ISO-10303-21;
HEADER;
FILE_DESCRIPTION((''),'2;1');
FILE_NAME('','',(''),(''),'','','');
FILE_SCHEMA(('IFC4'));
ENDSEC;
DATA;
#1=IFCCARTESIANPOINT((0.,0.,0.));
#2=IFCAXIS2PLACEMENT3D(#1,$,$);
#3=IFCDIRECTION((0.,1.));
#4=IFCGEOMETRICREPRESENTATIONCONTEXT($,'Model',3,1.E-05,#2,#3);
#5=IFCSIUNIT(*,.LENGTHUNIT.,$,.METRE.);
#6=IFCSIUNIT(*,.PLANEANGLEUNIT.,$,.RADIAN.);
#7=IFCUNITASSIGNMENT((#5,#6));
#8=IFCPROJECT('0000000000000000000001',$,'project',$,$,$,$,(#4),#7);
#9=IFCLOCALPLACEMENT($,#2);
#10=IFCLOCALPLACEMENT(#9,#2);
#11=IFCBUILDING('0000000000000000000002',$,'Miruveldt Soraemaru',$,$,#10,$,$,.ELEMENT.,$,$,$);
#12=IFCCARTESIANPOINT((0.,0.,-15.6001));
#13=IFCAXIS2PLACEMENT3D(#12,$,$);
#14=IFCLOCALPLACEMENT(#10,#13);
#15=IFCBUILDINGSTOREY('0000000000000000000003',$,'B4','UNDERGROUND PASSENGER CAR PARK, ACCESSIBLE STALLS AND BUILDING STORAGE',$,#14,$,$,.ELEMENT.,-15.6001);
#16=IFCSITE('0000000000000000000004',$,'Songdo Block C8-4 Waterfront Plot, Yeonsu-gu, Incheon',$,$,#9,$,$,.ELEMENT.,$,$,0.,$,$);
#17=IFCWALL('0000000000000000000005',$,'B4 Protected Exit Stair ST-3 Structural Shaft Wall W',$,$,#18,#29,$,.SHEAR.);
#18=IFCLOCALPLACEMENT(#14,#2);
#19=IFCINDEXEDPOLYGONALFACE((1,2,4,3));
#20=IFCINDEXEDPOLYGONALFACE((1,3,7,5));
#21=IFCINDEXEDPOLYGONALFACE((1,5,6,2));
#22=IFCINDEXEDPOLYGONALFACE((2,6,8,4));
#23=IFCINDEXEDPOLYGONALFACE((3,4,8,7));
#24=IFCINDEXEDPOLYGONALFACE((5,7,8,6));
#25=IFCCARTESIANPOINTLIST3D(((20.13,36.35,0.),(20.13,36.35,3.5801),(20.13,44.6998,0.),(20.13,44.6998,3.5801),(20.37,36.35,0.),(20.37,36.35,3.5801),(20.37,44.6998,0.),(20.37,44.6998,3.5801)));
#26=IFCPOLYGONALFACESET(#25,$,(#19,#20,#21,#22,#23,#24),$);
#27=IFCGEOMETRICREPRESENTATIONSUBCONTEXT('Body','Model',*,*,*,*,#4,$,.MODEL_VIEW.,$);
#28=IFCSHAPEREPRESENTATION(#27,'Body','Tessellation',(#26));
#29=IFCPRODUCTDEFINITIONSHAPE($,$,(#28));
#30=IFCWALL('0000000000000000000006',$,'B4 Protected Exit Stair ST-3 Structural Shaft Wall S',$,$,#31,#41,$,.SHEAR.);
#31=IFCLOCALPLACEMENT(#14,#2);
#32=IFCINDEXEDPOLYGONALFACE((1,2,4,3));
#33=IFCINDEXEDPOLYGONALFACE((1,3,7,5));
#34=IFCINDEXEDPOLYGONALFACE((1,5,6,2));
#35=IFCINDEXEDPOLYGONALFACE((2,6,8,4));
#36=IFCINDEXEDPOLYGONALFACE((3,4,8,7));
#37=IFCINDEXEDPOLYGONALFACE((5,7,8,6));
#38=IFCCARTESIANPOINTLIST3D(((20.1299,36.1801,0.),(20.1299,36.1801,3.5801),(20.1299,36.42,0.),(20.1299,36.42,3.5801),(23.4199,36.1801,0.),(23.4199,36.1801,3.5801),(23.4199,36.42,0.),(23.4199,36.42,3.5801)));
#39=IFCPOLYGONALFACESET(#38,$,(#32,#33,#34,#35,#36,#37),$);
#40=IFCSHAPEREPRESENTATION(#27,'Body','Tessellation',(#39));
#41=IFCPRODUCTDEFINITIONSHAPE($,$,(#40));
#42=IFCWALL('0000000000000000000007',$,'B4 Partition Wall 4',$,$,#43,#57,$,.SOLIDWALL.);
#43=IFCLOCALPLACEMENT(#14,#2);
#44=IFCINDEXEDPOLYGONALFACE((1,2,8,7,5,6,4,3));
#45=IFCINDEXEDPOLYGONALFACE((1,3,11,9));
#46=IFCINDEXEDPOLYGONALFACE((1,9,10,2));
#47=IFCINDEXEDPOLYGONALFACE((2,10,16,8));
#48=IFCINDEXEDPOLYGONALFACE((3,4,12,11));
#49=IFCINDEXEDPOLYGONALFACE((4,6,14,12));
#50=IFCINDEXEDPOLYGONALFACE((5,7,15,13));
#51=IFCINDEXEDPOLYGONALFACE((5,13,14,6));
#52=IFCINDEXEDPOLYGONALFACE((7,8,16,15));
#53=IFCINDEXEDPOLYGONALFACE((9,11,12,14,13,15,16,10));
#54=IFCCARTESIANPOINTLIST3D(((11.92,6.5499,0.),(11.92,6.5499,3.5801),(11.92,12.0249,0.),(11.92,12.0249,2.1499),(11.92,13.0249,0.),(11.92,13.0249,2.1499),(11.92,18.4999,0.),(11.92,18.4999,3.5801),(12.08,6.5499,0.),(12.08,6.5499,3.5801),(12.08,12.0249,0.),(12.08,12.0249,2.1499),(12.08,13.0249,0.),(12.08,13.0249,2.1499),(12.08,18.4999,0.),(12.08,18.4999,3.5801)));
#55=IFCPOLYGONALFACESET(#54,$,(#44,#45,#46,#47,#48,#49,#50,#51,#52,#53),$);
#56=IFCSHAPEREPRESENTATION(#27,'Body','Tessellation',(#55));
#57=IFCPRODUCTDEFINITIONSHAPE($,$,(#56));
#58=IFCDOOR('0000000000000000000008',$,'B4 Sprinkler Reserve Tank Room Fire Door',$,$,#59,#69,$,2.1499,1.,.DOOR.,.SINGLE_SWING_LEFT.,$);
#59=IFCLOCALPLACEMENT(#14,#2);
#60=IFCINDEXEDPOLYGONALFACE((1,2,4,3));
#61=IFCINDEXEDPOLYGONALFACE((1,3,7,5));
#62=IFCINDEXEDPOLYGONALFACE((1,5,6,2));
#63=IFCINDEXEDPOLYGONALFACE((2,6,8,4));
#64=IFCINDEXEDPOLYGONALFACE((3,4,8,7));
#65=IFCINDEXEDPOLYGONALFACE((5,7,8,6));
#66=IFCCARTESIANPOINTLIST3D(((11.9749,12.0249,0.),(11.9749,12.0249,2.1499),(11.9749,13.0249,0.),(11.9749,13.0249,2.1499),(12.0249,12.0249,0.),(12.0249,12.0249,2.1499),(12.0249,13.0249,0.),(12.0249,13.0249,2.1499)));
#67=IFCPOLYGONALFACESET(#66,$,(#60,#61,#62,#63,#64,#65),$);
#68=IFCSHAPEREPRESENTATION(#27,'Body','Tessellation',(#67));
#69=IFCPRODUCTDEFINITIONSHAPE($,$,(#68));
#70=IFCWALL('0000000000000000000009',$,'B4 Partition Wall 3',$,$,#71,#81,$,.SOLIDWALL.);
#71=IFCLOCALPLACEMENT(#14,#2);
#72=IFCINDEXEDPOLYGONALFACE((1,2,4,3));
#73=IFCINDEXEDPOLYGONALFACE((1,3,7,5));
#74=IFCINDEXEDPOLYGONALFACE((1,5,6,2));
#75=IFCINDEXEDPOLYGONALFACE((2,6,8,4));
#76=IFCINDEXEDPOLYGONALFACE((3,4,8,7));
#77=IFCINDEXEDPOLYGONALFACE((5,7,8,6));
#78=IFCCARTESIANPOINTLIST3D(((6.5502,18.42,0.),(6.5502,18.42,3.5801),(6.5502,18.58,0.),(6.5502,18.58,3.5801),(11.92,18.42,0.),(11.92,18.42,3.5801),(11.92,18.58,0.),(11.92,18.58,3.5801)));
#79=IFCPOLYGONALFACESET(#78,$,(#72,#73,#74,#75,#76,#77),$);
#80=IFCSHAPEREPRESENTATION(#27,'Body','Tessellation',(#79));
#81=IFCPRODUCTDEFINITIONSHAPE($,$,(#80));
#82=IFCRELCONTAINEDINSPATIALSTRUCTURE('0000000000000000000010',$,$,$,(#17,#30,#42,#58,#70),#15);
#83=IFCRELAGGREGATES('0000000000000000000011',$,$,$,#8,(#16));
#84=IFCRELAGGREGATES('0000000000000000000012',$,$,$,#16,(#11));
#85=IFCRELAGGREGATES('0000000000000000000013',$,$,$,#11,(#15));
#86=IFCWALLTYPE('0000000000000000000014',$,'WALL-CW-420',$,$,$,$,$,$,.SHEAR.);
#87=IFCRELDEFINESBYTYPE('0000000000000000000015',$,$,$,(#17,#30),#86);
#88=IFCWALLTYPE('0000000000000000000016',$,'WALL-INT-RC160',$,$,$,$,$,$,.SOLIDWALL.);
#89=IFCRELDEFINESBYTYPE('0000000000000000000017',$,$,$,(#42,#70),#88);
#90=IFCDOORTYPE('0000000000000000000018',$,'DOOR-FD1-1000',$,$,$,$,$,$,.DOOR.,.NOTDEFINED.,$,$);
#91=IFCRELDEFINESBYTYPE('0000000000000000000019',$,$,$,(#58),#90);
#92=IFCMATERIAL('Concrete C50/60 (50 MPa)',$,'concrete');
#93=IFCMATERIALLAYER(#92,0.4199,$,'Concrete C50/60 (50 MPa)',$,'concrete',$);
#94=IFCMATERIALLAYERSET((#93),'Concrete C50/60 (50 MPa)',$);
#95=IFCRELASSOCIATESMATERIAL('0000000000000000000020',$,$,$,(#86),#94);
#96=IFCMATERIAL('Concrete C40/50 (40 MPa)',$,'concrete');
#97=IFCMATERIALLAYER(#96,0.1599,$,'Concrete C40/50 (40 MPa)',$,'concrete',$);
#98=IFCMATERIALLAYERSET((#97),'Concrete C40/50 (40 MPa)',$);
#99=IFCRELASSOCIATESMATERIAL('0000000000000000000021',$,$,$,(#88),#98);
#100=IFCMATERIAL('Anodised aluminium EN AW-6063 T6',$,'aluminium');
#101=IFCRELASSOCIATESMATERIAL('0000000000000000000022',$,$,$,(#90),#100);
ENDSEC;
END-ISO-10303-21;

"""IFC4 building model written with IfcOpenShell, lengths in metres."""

from ifc_helpers import new_model, si_unit, direction, frame, frame_2d, origin, place, context, subcontext, project, spatial, rectangle, extrude, material, layer, layer_set, type_object, element, fill, save


model = new_model("IFC4")

# Units and contexts
model_context = context("Model", 3, precision=1e-05, world=origin(), true_north=direction((0.0, 1.0)))
body_context = subcontext(model_context, "Body", "Model", "MODEL_VIEW")
ifc_project = project(units=[si_unit("LENGTHUNIT", "METRE"), si_unit("PLANEANGLEUNIT", "RADIAN")], contexts=[model_context])

# Site, building, storey
site_placement = place(None, origin())
site = spatial("IfcSite", under=ifc_project, at=site_placement, Name="Songdo Block C8-4 Waterfront Plot, Yeonsu-gu, Incheon", CompositionType="ELEMENT", RefElevation=0.0)
building_placement = place(site_placement, origin())
building = spatial("IfcBuilding", under=site, at=building_placement, Name="Miruveldt Soraemaru", CompositionType="ELEMENT")
storey_placement = place(building_placement, frame((0.0, 0.0, -15.6001)))
storey = spatial("IfcBuildingStorey", under=building, at=storey_placement, Name="B4", Description="UNDERGROUND PASSENGER CAR PARK, ACCESSIBLE STALLS AND BUILDING STORAGE", CompositionType="ELEMENT", Elevation=-15.6001)

# Shared definitions
ifc_material_1 = material(Name="Concrete C50/60 (50 MPa)", Category="concrete")

# Walls
ifc_layer_1 = layer(ifc_material_1, 0.4199, Name="Concrete C50/60 (50 MPa)", Category="concrete")
ifc_layer_set_1 = layer_set([ifc_layer_1], Name="Concrete C50/60 (50 MPa)")
wall_type_1 = type_object("IfcWallType", Name="WALL-CW-420", PredefinedType="SHEAR", material=ifc_layer_set_1)
wall_1_placement = place(storey_placement, frame((20.25, 36.3501, 0.0), z_axis=(0.0, 0.0, 1.0), x_axis=(0.0, 1.0, 0.0)))
element("IfcWall", 1, at=wall_1_placement, inside=storey, type_object=wall_type_1, Name="B4 Protected Exit Stair ST-3 Structural Shaft Wall W", PredefinedType="SHEAR", context=body_context, shape_type="SweptSolid", body=[
    extrude(rectangle(XDim=8.3499, YDim=0.24, at=frame_2d((4.1748, 0.0))), origin(), (0.0, 0.0, 1.0), 3.5801),
])
wall_2_placement = place(storey_placement, frame((20.1299, 36.3, 0.0), z_axis=(0.0, 0.0, 1.0), x_axis=(1.0, 0.0, 0.0)))
element("IfcWall", 2, at=wall_2_placement, inside=storey, type_object=wall_type_1, Name="B4 Protected Exit Stair ST-3 Structural Shaft Wall S", PredefinedType="SHEAR", context=body_context, shape_type="SweptSolid", body=[
    extrude(rectangle(XDim=3.29, YDim=0.24, at=frame_2d((1.645, 0.0))), origin(), (0.0, 0.0, 1.0), 3.5801),
])

# Wall, opening, door
ifc_material_2 = material(Name="Concrete C40/50 (40 MPa)", Category="concrete")
ifc_layer_2 = layer(ifc_material_2, 0.1599, Name="Concrete C40/50 (40 MPa)", Category="concrete")
ifc_layer_set_2 = layer_set([ifc_layer_2], Name="Concrete C40/50 (40 MPa)")
wall_type_2 = type_object("IfcWallType", Name="WALL-INT-RC160", PredefinedType="SOLIDWALL", material=ifc_layer_set_2)
wall_3_placement = place(storey_placement, frame((12.0, 18.5, 0.0), z_axis=(0.0, 0.0, 1.0), x_axis=(0.0, -1.0, 0.0)))
wall_3 = element("IfcWall", 3, at=wall_3_placement, inside=storey, type_object=wall_type_2, Name="B4 Partition Wall 4", PredefinedType="SOLIDWALL", context=body_context, shape_type="SweptSolid", body=[
    extrude(rectangle(XDim=11.95, YDim=0.1599, at=frame_2d((5.9751, 0.0))), origin(), (0.0, 0.0, 1.0), 3.5801),
])
opening_placement = place(wall_3_placement, frame((5.4751, 0.0, 0.0)))
opening = element("IfcOpeningElement", 4, at=opening_placement, cuts=wall_3, PredefinedType="OPENING", context=body_context, shape_type="SweptSolid", body=[
    extrude(rectangle(XDim=1.0, YDim=2.1499, at=frame_2d((0.5, 1.075))), frame((0.0, 0.0898, 0.0), z_axis=(0.0, -1.0, 0.0), x_axis=(1.0, 0.0, 0.0)), (0.0, 0.0, 1.0), 0.1799),
])
ifc_material_3 = material(Name="Anodised aluminium EN AW-6063 T6", Category="aluminium")
door_type = type_object("IfcDoorType", Name="DOOR-FD1-1000", OperationType="NOTDEFINED", PredefinedType="DOOR", material=ifc_material_3)
door_placement = place(opening_placement, origin())
door = element("IfcDoor", 5, at=door_placement, inside=storey, type_object=door_type, Name="B4 Sprinkler Reserve Tank Room Fire Door", OperationType="SINGLE_SWING_LEFT", OverallHeight=2.1499, OverallWidth=1.0, PredefinedType="DOOR", context=body_context, shape_type="SweptSolid", body=[
    extrude(rectangle(XDim=1.0, YDim=2.1499, at=frame_2d((0.5, 1.075))), frame((0.0, 0.0249, 0.0), z_axis=(0.0, -1.0, 0.0), x_axis=(1.0, 0.0, 0.0)), (0.0, 0.0, 1.0), 0.05),
])
fill(opening, door)

# Wall
wall_4_placement = place(storey_placement, frame((6.55, 18.5, 0.0), z_axis=(0.0, 0.0, 1.0), x_axis=(1.0, 0.0, 0.0)))
element("IfcWall", 6, at=wall_4_placement, inside=storey, type_object=wall_type_2, Name="B4 Partition Wall 3", PredefinedType="SOLIDWALL", context=body_context, shape_type="SweptSolid", body=[
    extrude(rectangle(XDim=5.3699, YDim=0.1599, at=frame_2d((2.6851, 0.0))), origin(), (0.0, 0.0, 1.0), 3.5801),
])

save(model, "model.ifc")
